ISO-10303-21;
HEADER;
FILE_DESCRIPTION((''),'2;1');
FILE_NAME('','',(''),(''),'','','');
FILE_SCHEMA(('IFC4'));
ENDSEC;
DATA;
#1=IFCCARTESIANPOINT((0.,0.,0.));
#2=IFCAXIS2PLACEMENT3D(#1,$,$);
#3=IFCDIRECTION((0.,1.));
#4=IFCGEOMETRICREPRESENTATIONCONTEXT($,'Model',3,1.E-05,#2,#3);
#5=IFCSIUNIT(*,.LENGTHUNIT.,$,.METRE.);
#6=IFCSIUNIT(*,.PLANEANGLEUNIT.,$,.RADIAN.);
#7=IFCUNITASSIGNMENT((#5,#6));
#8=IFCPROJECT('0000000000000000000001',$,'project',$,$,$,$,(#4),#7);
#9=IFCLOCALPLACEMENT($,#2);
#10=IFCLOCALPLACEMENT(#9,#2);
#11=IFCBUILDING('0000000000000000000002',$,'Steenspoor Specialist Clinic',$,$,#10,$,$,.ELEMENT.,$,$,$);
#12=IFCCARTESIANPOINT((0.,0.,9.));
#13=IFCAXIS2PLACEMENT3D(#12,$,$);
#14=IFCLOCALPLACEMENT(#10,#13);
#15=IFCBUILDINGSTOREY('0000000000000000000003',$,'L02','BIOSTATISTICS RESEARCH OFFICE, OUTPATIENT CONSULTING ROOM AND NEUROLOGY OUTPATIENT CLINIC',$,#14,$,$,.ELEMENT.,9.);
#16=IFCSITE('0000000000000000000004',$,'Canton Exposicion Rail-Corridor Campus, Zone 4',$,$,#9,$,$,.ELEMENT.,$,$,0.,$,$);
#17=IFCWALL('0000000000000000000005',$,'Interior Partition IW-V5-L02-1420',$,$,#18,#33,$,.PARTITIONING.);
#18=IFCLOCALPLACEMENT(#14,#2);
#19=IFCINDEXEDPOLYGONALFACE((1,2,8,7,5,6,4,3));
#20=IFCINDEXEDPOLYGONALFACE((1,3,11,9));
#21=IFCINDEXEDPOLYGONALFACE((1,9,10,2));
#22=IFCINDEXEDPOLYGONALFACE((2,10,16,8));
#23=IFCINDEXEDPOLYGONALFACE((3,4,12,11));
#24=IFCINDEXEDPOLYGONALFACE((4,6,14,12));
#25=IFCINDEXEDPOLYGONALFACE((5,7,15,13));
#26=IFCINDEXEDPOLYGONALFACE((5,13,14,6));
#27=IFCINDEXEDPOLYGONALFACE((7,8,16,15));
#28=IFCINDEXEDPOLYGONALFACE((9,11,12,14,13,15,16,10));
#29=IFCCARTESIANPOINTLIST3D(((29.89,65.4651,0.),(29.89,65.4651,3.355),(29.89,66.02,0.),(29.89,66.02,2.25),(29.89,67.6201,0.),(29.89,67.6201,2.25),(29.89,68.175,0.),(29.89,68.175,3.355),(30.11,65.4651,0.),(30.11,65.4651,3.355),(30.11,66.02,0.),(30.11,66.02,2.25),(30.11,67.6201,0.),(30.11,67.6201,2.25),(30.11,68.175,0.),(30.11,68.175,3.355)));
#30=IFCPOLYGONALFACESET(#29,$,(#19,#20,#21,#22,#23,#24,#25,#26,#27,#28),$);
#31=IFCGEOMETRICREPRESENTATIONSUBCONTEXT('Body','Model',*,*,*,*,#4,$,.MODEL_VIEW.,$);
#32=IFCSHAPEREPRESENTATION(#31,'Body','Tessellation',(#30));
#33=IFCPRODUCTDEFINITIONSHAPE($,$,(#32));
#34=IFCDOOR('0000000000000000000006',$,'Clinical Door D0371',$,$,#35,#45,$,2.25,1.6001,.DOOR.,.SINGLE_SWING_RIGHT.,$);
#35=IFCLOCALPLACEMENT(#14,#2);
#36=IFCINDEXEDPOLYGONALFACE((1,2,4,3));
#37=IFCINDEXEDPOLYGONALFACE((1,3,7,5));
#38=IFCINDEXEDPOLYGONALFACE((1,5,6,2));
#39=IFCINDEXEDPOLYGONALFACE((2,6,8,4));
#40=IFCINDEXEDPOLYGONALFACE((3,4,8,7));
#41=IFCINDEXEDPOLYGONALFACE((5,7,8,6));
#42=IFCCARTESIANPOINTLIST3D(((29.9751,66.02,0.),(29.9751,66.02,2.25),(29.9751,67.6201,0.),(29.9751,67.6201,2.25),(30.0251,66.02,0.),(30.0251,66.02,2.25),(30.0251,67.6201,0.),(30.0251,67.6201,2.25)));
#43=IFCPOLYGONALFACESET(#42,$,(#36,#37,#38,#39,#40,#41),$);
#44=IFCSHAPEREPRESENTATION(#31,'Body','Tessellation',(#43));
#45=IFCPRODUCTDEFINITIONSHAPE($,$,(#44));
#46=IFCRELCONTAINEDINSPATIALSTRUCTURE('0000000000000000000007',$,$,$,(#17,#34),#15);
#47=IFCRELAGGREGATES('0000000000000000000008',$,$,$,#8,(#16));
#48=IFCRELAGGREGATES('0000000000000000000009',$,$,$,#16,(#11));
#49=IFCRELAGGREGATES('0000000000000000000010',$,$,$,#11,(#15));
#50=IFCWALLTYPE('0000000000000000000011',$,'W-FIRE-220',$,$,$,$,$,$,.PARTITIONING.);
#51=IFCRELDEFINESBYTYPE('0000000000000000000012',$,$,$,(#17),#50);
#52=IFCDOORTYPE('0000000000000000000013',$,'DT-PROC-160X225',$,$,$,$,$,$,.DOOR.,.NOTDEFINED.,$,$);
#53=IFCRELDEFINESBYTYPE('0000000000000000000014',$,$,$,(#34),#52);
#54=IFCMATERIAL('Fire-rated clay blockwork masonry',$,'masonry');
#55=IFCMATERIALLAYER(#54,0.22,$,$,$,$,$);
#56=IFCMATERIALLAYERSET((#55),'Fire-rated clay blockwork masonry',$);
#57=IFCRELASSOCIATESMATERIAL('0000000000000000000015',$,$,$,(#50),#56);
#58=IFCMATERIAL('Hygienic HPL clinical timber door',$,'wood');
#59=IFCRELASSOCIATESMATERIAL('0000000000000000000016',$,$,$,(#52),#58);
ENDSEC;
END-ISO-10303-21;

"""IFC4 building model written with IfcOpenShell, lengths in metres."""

from ifc_helpers import new_model, si_unit, direction, frame, frame_2d, origin, place, context, subcontext, project, spatial, rectangle, extrude, material, layer, layer_set, type_object, element, fill, save


model = new_model("IFC4")

# Units and contexts
model_context = context("Model", 3, precision=1e-05, world=origin(), true_north=direction((0.0, 1.0)))
body_context = subcontext(model_context, "Body", "Model", "MODEL_VIEW")
ifc_project = project(units=[si_unit("LENGTHUNIT", "METRE"), si_unit("PLANEANGLEUNIT", "RADIAN")], contexts=[model_context])

# Site, building, storey
site_placement = place(None, origin())
site = spatial("IfcSite", under=ifc_project, at=site_placement, Name="Canton Exposicion Rail-Corridor Campus, Zone 4", CompositionType="ELEMENT", RefElevation=0.0)
building_placement = place(site_placement, origin())
building = spatial("IfcBuilding", under=site, at=building_placement, Name="Steenspoor Specialist Clinic", CompositionType="ELEMENT")
storey_placement = place(building_placement, frame((0.0, 0.0, 9.0)))
storey = spatial("IfcBuildingStorey", under=building, at=storey_placement, Name="L02", Description="BIOSTATISTICS RESEARCH OFFICE, OUTPATIENT CONSULTING ROOM AND NEUROLOGY OUTPATIENT CLINIC", CompositionType="ELEMENT", Elevation=9.0)

# Shared definitions
ifc_material_1 = material(Name="Fire-rated clay blockwork masonry", Category="masonry")
ifc_layer_1 = layer(ifc_material_1, 0.22)
ifc_layer_set_1 = layer_set([ifc_layer_1], Name="Fire-rated clay blockwork masonry")
wall_type_1 = type_object("IfcWallType", Name="W-FIRE-220", PredefinedType="PARTITIONING", material=ifc_layer_set_1)

# Wall, opening, door
wall_1_placement = place(storey_placement, frame((30.0, 65.4651, 0.0), z_axis=(0.0, 0.0, 1.0), x_axis=(0.0, 1.0, 0.0)))
wall_1 = element("IfcWall", 1, at=wall_1_placement, inside=storey, type_object=wall_type_1, Name="Interior Partition IW-V5-L02-1420", PredefinedType="PARTITIONING", context=body_context, shape_type="SweptSolid", body=[
    extrude(rectangle(XDim=2.71, YDim=0.22, at=frame_2d((1.355, 0.0))), origin(), (0.0, 0.0, 1.0), 3.355),
])
opening_1_placement = place(wall_1_placement, frame((0.5549, 0.0, 0.0)))
opening_1 = element("IfcOpeningElement", 2, at=opening_1_placement, cuts=wall_1, PredefinedType="OPENING", context=body_context, shape_type="SweptSolid", body=[
    extrude(rectangle(XDim=1.6001, YDim=2.25, at=frame_2d((0.8, 1.125))), frame((0.0, 0.1201, 0.0), z_axis=(0.0, -1.0, 0.0), x_axis=(1.0, 0.0, 0.0)), (0.0, 0.0, 1.0), 0.24),
])
ifc_material_2 = material(Name="Hygienic HPL clinical timber door", Category="wood")
door_type_1 = type_object("IfcDoorType", Name="DT-PROC-160X225", OperationType="NOTDEFINED", PredefinedType="DOOR", material=ifc_material_2)
door_1_placement = place(opening_1_placement, origin())
door_1 = element("IfcDoor", 3, at=door_1_placement, inside=storey, type_object=door_type_1, Name="Clinical Door D0371", OperationType="SINGLE_SWING_RIGHT", OverallHeight=2.25, OverallWidth=1.6001, PredefinedType="DOOR", context=body_context, shape_type="SweptSolid", body=[
    extrude(rectangle(XDim=1.6001, YDim=2.25, at=frame_2d((0.8, 1.125))), frame((0.0, 0.0249, 0.0), z_axis=(0.0, -1.0, 0.0), x_axis=(1.0, 0.0, 0.0)), (0.0, 0.0, 1.0), 0.05),
])
fill(opening_1, door_1)

save(model, "model.ifc")
